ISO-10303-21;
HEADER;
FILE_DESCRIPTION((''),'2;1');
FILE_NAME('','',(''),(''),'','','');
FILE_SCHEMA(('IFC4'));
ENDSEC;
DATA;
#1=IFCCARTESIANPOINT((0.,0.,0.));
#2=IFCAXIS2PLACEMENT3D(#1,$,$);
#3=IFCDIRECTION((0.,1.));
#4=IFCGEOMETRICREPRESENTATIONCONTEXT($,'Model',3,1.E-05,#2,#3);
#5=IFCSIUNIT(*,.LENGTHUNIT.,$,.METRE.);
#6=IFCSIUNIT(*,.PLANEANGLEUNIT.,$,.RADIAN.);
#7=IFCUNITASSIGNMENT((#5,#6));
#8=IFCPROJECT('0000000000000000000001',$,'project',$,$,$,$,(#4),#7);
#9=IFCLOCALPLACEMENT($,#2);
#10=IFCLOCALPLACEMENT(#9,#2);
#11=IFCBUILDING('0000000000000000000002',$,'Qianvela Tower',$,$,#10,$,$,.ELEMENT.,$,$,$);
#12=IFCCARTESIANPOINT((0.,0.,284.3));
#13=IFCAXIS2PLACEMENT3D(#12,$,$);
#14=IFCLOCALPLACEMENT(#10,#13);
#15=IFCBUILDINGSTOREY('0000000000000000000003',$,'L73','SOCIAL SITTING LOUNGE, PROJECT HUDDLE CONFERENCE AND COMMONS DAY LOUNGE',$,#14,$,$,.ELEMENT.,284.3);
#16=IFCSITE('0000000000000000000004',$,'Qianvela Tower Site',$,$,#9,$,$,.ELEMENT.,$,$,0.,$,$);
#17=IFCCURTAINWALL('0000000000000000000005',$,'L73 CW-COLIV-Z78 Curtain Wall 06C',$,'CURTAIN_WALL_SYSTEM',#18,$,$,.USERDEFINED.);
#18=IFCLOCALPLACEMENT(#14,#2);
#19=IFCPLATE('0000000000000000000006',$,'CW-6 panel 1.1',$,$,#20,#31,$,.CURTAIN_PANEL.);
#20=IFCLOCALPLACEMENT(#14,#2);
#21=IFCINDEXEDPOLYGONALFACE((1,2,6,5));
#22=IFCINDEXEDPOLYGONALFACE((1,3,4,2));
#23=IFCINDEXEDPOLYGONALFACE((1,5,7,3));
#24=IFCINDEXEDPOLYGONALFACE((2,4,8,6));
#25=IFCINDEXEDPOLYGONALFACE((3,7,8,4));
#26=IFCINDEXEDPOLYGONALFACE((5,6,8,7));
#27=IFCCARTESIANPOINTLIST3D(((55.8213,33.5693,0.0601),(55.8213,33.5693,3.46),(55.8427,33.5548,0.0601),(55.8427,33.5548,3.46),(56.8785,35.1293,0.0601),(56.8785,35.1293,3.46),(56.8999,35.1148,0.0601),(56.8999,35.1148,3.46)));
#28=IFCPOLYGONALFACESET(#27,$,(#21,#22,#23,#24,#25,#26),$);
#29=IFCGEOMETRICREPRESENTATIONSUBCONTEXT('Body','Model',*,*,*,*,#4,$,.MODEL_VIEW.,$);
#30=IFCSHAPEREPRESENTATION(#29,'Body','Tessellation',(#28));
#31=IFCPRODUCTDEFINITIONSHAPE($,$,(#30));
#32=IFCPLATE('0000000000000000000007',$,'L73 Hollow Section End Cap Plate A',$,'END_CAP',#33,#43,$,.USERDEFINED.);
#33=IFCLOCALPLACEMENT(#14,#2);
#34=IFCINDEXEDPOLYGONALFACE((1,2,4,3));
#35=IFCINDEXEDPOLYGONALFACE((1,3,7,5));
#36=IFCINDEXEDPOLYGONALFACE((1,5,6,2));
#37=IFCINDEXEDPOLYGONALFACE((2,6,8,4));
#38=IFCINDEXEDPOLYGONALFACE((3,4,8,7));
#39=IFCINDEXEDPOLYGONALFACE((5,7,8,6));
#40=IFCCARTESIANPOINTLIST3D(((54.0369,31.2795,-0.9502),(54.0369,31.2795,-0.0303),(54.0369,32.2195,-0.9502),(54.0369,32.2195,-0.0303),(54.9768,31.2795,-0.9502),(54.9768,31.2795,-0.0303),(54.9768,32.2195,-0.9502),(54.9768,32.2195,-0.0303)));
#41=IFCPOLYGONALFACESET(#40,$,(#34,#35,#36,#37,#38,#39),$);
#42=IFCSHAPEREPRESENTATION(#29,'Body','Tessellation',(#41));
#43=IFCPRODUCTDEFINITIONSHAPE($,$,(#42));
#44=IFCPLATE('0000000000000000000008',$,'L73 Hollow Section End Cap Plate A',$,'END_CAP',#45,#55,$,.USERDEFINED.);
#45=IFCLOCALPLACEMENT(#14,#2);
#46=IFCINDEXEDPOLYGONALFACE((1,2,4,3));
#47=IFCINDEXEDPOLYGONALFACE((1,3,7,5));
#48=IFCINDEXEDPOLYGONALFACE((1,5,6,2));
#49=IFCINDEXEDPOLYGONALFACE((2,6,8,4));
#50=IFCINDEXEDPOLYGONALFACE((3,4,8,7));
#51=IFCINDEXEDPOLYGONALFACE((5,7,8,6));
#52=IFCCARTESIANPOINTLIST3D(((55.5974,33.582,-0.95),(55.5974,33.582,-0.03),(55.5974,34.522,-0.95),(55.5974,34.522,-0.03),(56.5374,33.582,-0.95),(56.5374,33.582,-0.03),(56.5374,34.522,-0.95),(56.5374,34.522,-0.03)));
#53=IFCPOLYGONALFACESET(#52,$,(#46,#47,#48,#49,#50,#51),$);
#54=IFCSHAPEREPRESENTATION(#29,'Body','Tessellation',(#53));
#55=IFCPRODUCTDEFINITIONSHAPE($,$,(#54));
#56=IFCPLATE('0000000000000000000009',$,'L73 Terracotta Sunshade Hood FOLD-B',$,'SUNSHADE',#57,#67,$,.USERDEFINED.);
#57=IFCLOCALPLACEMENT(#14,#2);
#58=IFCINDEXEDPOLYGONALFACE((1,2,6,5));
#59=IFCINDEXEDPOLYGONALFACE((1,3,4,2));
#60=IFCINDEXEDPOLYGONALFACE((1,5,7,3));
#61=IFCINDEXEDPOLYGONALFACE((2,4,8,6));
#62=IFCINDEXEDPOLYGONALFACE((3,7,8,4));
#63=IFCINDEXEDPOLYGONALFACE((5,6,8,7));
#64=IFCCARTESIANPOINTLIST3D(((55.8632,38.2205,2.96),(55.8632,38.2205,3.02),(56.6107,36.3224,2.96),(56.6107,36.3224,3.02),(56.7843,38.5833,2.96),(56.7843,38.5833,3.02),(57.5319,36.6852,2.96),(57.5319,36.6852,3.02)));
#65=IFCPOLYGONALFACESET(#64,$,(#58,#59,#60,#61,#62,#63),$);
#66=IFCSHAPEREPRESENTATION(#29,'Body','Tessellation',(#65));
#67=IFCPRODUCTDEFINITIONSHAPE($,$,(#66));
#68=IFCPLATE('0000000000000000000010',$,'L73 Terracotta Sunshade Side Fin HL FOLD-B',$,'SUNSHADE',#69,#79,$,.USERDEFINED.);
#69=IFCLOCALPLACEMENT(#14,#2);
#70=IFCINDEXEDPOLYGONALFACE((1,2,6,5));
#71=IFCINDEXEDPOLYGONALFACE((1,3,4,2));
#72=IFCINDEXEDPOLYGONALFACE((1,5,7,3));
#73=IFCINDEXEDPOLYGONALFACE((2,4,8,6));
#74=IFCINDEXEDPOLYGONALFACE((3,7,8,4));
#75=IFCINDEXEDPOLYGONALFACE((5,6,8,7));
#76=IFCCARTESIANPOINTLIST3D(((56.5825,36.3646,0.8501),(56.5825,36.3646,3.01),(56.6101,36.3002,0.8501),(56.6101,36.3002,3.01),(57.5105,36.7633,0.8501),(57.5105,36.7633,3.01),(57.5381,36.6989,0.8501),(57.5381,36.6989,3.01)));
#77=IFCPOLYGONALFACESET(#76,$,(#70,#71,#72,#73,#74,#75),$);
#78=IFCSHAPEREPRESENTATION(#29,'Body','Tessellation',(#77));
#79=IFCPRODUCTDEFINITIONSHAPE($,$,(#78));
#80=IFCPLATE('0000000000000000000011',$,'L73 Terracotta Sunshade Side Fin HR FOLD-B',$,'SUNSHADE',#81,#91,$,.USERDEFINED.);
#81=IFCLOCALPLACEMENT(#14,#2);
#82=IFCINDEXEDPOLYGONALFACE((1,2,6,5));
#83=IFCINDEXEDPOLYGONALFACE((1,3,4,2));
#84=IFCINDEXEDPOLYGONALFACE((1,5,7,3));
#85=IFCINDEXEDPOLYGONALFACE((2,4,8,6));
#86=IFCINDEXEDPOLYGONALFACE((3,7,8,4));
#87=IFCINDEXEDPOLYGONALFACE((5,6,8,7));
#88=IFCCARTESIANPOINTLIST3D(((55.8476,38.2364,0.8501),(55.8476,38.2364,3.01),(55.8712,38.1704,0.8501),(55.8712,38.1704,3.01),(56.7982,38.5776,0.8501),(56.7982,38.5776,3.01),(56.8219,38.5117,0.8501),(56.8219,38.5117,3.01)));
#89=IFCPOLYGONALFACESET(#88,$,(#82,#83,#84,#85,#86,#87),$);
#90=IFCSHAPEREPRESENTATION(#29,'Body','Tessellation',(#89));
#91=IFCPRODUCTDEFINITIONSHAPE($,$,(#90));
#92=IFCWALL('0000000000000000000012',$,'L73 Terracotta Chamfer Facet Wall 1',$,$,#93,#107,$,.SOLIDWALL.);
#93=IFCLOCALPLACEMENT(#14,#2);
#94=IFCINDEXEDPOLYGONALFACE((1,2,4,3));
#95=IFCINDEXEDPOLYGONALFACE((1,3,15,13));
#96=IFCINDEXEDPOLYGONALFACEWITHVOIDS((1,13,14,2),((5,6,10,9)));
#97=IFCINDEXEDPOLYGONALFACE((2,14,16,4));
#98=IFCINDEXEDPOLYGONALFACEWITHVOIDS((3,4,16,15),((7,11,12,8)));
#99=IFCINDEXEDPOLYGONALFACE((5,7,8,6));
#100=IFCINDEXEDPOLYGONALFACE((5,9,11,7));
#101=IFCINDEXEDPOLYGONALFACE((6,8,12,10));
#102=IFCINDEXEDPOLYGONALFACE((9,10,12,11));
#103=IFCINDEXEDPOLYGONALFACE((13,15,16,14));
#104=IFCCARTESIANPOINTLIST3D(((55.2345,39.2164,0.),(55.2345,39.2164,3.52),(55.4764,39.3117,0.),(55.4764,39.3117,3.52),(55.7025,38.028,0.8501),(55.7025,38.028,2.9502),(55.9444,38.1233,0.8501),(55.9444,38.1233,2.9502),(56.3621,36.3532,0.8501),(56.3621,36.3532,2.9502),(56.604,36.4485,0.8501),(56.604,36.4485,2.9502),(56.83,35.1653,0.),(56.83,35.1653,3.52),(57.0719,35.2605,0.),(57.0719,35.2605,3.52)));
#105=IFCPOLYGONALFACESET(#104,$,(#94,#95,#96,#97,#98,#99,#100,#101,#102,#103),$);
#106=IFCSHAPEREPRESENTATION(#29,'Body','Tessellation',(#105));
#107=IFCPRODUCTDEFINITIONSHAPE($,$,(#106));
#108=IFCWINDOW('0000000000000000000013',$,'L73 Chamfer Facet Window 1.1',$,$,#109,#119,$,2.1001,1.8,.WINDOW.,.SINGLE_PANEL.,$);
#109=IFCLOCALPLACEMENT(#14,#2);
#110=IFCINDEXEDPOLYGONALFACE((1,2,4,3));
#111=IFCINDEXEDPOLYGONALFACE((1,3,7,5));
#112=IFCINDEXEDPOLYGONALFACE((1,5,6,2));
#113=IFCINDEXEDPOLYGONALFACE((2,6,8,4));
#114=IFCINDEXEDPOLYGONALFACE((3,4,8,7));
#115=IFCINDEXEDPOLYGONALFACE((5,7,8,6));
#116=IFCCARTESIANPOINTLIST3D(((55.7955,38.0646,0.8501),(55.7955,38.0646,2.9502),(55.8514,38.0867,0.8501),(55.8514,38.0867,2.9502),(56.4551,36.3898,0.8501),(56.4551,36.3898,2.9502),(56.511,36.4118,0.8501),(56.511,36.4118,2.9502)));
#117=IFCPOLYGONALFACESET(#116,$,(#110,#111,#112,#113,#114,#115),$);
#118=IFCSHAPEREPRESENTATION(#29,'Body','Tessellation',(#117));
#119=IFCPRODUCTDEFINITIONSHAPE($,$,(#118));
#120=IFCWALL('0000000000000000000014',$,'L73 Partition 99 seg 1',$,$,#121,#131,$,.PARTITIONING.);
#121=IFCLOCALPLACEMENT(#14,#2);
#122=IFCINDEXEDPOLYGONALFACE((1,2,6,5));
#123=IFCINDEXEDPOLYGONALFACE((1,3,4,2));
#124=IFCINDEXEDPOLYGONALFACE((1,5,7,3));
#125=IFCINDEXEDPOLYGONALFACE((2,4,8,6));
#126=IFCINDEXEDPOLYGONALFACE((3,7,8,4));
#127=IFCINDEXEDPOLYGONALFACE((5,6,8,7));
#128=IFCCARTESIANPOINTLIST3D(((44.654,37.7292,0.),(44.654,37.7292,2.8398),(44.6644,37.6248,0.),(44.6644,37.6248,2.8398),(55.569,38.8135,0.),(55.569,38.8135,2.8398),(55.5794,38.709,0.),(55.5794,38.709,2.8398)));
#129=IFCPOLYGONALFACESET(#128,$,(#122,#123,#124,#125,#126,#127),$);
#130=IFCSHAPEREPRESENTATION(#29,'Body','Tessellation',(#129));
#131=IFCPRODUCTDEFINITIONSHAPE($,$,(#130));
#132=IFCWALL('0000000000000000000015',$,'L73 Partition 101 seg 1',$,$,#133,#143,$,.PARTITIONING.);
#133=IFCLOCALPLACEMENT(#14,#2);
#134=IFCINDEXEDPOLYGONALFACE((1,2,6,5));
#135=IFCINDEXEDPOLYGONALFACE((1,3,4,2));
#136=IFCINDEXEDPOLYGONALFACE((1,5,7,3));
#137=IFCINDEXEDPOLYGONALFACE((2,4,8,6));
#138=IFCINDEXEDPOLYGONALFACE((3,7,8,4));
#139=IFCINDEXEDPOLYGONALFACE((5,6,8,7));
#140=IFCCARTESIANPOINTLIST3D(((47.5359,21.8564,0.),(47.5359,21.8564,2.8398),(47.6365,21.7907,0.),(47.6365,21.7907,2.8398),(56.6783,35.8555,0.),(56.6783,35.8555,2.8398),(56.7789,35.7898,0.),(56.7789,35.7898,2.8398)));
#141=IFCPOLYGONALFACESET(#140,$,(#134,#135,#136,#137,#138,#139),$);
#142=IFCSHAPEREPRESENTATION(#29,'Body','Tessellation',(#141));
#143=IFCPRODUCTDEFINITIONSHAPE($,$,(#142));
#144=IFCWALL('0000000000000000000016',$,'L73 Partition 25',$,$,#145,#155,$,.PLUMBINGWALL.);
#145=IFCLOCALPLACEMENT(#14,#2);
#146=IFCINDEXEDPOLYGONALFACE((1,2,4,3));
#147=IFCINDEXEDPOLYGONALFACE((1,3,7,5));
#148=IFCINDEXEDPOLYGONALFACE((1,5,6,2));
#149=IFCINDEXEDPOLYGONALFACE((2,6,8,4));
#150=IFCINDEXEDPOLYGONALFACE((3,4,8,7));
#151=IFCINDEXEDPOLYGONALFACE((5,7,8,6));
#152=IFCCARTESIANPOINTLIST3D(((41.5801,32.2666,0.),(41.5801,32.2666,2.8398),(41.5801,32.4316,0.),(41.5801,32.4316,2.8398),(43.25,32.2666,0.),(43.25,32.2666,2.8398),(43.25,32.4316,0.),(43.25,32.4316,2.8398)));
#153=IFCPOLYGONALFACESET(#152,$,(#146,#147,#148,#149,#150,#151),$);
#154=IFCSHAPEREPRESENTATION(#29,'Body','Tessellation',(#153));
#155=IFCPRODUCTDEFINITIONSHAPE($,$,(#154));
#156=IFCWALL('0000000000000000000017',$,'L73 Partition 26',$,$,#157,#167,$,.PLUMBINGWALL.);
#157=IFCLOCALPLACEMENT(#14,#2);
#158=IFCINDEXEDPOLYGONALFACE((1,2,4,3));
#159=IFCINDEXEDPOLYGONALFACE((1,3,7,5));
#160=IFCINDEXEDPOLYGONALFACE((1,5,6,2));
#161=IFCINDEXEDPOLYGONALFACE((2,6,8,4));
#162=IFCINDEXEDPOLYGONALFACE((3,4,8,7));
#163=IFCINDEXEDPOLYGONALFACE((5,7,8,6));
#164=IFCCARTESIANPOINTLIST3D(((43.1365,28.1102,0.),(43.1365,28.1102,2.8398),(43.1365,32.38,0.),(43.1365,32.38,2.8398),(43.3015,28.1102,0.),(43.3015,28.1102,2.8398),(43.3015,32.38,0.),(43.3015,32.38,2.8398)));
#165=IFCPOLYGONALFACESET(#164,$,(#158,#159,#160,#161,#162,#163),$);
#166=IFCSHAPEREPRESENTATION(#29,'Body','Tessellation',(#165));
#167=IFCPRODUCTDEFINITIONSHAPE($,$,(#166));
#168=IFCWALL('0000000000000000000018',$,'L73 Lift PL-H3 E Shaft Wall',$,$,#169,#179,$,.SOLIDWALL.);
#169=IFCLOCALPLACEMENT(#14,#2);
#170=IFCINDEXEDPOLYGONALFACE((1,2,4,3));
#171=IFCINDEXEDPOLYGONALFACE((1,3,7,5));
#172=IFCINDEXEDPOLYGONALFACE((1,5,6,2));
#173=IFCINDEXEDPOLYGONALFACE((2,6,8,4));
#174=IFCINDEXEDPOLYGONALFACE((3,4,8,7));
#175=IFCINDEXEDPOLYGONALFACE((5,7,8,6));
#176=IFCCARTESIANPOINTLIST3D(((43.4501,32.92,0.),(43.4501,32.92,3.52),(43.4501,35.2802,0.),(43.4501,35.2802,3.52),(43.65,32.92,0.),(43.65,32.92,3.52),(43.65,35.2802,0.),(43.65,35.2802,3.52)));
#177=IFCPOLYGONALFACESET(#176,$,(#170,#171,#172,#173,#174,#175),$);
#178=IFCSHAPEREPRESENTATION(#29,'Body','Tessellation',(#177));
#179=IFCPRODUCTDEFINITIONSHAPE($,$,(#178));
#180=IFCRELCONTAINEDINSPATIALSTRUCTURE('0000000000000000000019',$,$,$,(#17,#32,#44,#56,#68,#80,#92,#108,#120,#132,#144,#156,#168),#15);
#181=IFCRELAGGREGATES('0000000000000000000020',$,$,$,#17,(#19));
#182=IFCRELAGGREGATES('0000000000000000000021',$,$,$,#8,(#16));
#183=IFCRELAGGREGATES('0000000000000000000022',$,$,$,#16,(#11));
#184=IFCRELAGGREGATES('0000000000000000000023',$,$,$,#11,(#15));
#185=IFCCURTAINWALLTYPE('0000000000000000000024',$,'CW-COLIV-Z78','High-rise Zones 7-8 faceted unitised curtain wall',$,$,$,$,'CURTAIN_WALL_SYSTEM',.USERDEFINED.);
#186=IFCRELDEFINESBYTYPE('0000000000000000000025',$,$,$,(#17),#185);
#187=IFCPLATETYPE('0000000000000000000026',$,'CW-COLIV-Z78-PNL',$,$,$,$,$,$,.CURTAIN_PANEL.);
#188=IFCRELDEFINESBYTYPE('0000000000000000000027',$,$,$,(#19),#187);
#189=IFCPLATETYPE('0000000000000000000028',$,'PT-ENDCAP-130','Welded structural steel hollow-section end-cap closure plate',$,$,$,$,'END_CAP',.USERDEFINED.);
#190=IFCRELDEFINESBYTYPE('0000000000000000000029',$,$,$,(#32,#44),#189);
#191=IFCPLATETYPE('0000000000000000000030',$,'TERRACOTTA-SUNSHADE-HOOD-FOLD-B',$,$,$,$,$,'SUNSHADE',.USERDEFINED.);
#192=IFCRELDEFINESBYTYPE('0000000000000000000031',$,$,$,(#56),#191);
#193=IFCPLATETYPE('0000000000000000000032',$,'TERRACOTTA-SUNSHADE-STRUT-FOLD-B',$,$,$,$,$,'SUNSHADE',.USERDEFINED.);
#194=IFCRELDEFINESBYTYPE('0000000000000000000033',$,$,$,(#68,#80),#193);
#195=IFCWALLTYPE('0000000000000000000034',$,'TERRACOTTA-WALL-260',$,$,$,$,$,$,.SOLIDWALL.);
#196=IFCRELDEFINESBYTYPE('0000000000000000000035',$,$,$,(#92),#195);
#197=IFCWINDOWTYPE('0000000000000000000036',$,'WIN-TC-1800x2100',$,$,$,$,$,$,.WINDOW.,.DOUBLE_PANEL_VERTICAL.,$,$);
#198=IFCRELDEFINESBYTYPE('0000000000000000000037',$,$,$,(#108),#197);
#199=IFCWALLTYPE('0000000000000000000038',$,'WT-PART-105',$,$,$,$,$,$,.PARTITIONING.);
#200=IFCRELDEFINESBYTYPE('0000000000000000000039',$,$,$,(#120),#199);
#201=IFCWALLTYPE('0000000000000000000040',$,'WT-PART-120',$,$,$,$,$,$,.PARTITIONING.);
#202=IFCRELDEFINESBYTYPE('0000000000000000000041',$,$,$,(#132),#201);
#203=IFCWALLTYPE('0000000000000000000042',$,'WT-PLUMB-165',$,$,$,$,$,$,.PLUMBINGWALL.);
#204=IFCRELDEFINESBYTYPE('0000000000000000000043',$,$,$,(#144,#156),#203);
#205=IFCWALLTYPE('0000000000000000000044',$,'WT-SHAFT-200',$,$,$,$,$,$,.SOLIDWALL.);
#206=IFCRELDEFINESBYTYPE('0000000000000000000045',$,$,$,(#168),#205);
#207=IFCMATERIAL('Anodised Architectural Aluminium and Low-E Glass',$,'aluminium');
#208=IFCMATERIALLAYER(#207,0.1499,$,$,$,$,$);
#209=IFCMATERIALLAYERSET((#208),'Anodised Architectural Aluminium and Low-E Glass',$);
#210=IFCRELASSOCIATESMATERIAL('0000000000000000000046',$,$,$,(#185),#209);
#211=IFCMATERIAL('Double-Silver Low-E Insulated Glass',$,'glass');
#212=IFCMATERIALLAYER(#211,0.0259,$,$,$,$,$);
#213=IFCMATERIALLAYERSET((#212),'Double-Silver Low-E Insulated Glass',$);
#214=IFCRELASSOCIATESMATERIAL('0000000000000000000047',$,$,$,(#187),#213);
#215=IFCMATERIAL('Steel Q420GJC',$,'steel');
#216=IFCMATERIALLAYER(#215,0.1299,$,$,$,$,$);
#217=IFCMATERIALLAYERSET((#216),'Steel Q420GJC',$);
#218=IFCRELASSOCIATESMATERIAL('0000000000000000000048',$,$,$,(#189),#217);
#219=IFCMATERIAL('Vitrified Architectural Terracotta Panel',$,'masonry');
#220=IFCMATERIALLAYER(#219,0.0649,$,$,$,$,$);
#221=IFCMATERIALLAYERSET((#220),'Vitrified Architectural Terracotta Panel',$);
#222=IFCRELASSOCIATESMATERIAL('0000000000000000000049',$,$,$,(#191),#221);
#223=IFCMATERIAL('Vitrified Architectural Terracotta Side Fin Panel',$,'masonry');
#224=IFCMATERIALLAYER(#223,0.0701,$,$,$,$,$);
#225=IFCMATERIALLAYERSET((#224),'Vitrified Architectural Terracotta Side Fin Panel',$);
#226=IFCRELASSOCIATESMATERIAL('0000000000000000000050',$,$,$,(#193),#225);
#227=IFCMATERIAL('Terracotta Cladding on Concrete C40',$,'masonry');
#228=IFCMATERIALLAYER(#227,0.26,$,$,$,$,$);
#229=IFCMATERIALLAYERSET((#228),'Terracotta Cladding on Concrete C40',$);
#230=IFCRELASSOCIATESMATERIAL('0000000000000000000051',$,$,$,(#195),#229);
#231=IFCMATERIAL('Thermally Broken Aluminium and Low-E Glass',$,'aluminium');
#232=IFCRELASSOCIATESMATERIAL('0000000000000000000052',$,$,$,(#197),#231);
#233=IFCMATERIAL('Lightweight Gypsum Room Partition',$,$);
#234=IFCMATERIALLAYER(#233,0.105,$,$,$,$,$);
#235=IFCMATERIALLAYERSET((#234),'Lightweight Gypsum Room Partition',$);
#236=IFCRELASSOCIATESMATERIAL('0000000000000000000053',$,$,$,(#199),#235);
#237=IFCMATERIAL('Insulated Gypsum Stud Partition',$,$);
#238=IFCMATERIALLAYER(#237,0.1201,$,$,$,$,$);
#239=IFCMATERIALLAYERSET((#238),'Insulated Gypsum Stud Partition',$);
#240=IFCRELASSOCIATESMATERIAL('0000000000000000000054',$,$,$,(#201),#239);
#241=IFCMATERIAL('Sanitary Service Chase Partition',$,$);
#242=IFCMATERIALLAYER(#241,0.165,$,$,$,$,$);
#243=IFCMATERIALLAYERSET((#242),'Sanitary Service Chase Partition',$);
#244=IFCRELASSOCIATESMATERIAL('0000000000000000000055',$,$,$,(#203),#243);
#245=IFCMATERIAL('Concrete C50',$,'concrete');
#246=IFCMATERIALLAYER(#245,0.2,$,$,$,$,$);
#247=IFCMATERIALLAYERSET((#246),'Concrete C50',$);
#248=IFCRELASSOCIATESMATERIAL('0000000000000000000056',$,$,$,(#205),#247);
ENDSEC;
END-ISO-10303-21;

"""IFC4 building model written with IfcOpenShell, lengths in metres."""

from ifc_helpers import new_model, si_unit, direction, frame, frame_2d, origin, origin_2d, place, context, subcontext, project, spatial, rectangle, extrude, material, layer, layer_set, type_object, element, fill, aggregate, save


model = new_model("IFC4")

# Units and contexts
model_context = context("Model", 3, precision=1e-05, world=origin(), true_north=direction((0.0, 1.0)))
body_context = subcontext(model_context, "Body", "Model", "MODEL_VIEW")
ifc_project = project(units=[si_unit("LENGTHUNIT", "METRE"), si_unit("PLANEANGLEUNIT", "RADIAN")], contexts=[model_context])

# Site, building, storey
site_placement = place(None, origin())
site = spatial("IfcSite", under=ifc_project, at=site_placement, Name="Qianvela Tower Site", CompositionType="ELEMENT", RefElevation=0.0)
building_placement = place(site_placement, origin())
building = spatial("IfcBuilding", under=site, at=building_placement, Name="Qianvela Tower", CompositionType="ELEMENT")
storey_placement = place(building_placement, frame((0.0, 0.0, 284.3)))
storey = spatial("IfcBuildingStorey", under=building, at=storey_placement, Name="L73", Description="SOCIAL SITTING LOUNGE, PROJECT HUDDLE CONFERENCE AND COMMONS DAY LOUNGE", CompositionType="ELEMENT", Elevation=284.3)

# Curtain wall
ifc_material_1 = material(Name="Anodised Architectural Aluminium and Low-E Glass", Category="aluminium")
ifc_layer_1 = layer(ifc_material_1, 0.1499)
ifc_layer_set_1 = layer_set([ifc_layer_1], Name="Anodised Architectural Aluminium and Low-E Glass")
curtain_wall_type_1 = type_object("IfcCurtainWallType", Name="CW-COLIV-Z78", Description="High-rise Zones 7-8 faceted unitised curtain wall", ElementType="CURTAIN_WALL_SYSTEM", PredefinedType="USERDEFINED", material=ifc_layer_set_1)
curtain_wall_1_placement = place(storey_placement, origin())
curtain_wall_1 = element("IfcCurtainWall", 1, at=curtain_wall_1_placement, inside=storey, type_object=curtain_wall_type_1, Name="L73 CW-COLIV-Z78 Curtain Wall 06C", ObjectType="CURTAIN_WALL_SYSTEM", PredefinedType="USERDEFINED")

# Plate
ifc_material_2 = material(Name="Double-Silver Low-E Insulated Glass", Category="glass")
ifc_layer_2 = layer(ifc_material_2, 0.0259)
ifc_layer_set_2 = layer_set([ifc_layer_2], Name="Double-Silver Low-E Insulated Glass")
plate_type_1 = type_object("IfcPlateType", Name="CW-COLIV-Z78-PNL", PredefinedType="CURTAIN_PANEL", material=ifc_layer_set_2)
plate_1_placement = place(storey_placement, frame((56.3606, 34.342, 0.0601), z_axis=(0.0, 0.0, 1.0), x_axis=(0.561005, 0.827813, 0.0)))
plate_1 = element("IfcPlate", 2, at=plate_1_placement, type_object=plate_type_1, Name="CW-6 panel 1.1", PredefinedType="CURTAIN_PANEL", context=body_context, shape_type="SweptSolid", body=[
    extrude(rectangle(XDim=1.8845, YDim=0.0259, at=origin_2d()), origin(), (0.0, 0.0, 1.0), 3.3999),
])
aggregate(curtain_wall_1, [plate_1])

# Plates
ifc_material_3 = material(Name="Steel Q420GJC", Category="steel")
ifc_layer_3 = layer(ifc_material_3, 0.1299)
ifc_layer_set_3 = layer_set([ifc_layer_3], Name="Steel Q420GJC")
plate_type_2 = type_object("IfcPlateType", Name="PT-ENDCAP-130", Description="Welded structural steel hollow-section end-cap closure plate", ElementType="END_CAP", PredefinedType="USERDEFINED", material=ifc_layer_set_3)
for number, where, z_axis, x_axis, name in (
    (3, (54.5068, 31.7495, -0.9502), (0.0, 0.0, 1.0), (1.0, 0.0, 0.0), "L73 Hollow Section End Cap Plate A"),
    (4, (56.0674, 34.052, -0.95), (0.0, 0.0, 1.0), (1.0, 0.0, 0.0), "L73 Hollow Section End Cap Plate A"),
):
    element("IfcPlate", number, at=place(storey_placement, frame(where, z_axis=z_axis, x_axis=x_axis)), inside=storey, type_object=plate_type_2, Name=name, ObjectType="END_CAP", PredefinedType="USERDEFINED", context=body_context, shape_type="SweptSolid", body=[
        extrude(rectangle(XDim=0.9399, YDim=0.9399, at=origin_2d()), origin(), (0.0, 0.0, 1.0), 0.9199),
    ])
ifc_material_4 = material(Name="Vitrified Architectural Terracotta Panel", Category="masonry")
ifc_layer_4 = layer(ifc_material_4, 0.0649)
ifc_layer_set_4 = layer_set([ifc_layer_4], Name="Vitrified Architectural Terracotta Panel")
plate_type_3 = type_object("IfcPlateType", Name="TERRACOTTA-SUNSHADE-HOOD-FOLD-B", ElementType="SUNSHADE", PredefinedType="USERDEFINED", material=ifc_layer_set_4)
plate_2_placement = place(storey_placement, frame((56.6975, 37.4529, 2.96), z_axis=(0.0, 0.0, 1.0), x_axis=(-0.366462, 0.930433, 0.0)))
element("IfcPlate", 5, at=plate_2_placement, inside=storey, type_object=plate_type_3, Name="L73 Terracotta Sunshade Hood FOLD-B", ObjectType="SUNSHADE", PredefinedType="USERDEFINED", context=body_context, shape_type="SweptSolid", body=[
    extrude(rectangle(XDim=2.04, YDim=0.99, at=origin_2d()), origin(), (0.0, 0.0, 1.0), 0.0601),
])
ifc_material_5 = material(Name="Vitrified Architectural Terracotta Side Fin Panel", Category="masonry")
ifc_layer_5 = layer(ifc_material_5, 0.0701)
ifc_layer_set_5 = layer_set([ifc_layer_5], Name="Vitrified Architectural Terracotta Side Fin Panel")
plate_type_4 = type_object("IfcPlateType", Name="TERRACOTTA-SUNSHADE-STRUT-FOLD-B", ElementType="SUNSHADE", PredefinedType="USERDEFINED", material=ifc_layer_set_5)
for number, where, z_axis, x_axis, name in (
    (6, (57.0603, 36.5317, 0.8501), (0.0, 0.0, 1.0), (-0.394705, 0.918808, 0.0), "L73 Terracotta Sunshade Side Fin HL FOLD-B"),
    (7, (56.3347, 38.374, 0.8501), (0.0, 0.0, 1.0), (-0.337877, 0.94119, 0.0), "L73 Terracotta Sunshade Side Fin HR FOLD-B"),
):
    element("IfcPlate", number, at=place(storey_placement, frame(where, z_axis=z_axis, x_axis=x_axis)), inside=storey, type_object=plate_type_4, Name=name, ObjectType="SUNSHADE", PredefinedType="USERDEFINED", context=body_context, shape_type="SweptSolid", body=[
        extrude(rectangle(XDim=0.0701, YDim=1.01, at=origin_2d()), origin(), (0.0, 0.0, 1.0), 2.1599),
    ])

# Wall, opening, window
ifc_material_6 = material(Name="Terracotta Cladding on Concrete C40", Category="masonry")
ifc_layer_6 = layer(ifc_material_6, 0.26)
ifc_layer_set_6 = layer_set([ifc_layer_6], Name="Terracotta Cladding on Concrete C40")
wall_type_1 = type_object("IfcWallType", Name="TERRACOTTA-WALL-260", PredefinedType="SOLIDWALL", material=ifc_layer_set_6)
wall_1_placement = place(storey_placement, frame((56.9509, 35.2129, 0.0), z_axis=(0.0, 0.0, 1.0), x_axis=(-0.366445, 0.93044, 0.0)))
wall_1 = element("IfcWall", 8, at=wall_1_placement, inside=storey, type_object=wall_type_1, Name="L73 Terracotta Chamfer Facet Wall 1", PredefinedType="SOLIDWALL", context=body_context, shape_type="SweptSolid", body=[
    extrude(rectangle(XDim=4.354, YDim=0.26, at=frame_2d((2.177, 0.0))), origin(), (0.0, 0.0, 1.0), 3.52),
])
opening_1_placement = place(wall_1_placement, frame((1.2769, 0.0, 0.8501)))
opening_1 = element("IfcOpeningElement", 9, at=opening_1_placement, cuts=wall_1, PredefinedType="OPENING", context=body_context, shape_type="SweptSolid", body=[
    extrude(rectangle(XDim=1.8, YDim=2.1001, at=frame_2d((0.8999, 1.05))), frame((0.0, 0.1399, 0.0), z_axis=(0.0, -1.0, 0.0), x_axis=(1.0, 0.0, 0.0)), (0.0, 0.0, 1.0), 0.28),
])
ifc_material_7 = material(Name="Thermally Broken Aluminium and Low-E Glass", Category="aluminium")
window_type = type_object("IfcWindowType", Name="WIN-TC-1800x2100", PartitioningType="DOUBLE_PANEL_VERTICAL", PredefinedType="WINDOW", material=ifc_material_7)
window_placement = place(opening_1_placement, origin())
window = element("IfcWindow", 10, at=window_placement, inside=storey, type_object=window_type, Name="L73 Chamfer Facet Window 1.1", OverallHeight=2.1001, OverallWidth=1.8, PartitioningType="SINGLE_PANEL", PredefinedType="WINDOW", context=body_context, shape_type="SweptSolid", body=[
    extrude(rectangle(XDim=1.8, YDim=2.1001, at=frame_2d((0.8999, 1.05))), frame((0.0, 0.03, 0.0), z_axis=(0.0, -1.0, 0.0), x_axis=(1.0, 0.0, 0.0)), (0.0, 0.0, 1.0), 0.0601),
])
fill(opening_1, window)

# Walls
ifc_material_8 = material(Name="Lightweight Gypsum Room Partition")
ifc_layer_7 = layer(ifc_material_8, 0.105)
ifc_layer_set_7 = layer_set([ifc_layer_7], Name="Lightweight Gypsum Room Partition")
wall_type_2 = type_object("IfcWallType", Name="WT-PART-105", PredefinedType="PARTITIONING", material=ifc_layer_set_7)
wall_2_placement = place(storey_placement, frame((44.6592, 37.677, 0.0), z_axis=(0.0, 0.0, 1.0), x_axis=(0.995103, 0.098847, 0.0)))
element("IfcWall", 11, at=wall_2_placement, inside=storey, type_object=wall_type_2, Name="L73 Partition 99 seg 1", PredefinedType="PARTITIONING", context=body_context, shape_type="SweptSolid", body=[
    extrude(rectangle(XDim=10.9688, YDim=0.105, at=frame_2d((5.4844, 0.0))), origin(), (0.0, 0.0, 1.0), 2.8398),
])
ifc_material_9 = material(Name="Insulated Gypsum Stud Partition")
ifc_layer_8 = layer(ifc_material_9, 0.1201)
ifc_layer_set_8 = layer_set([ifc_layer_8], Name="Insulated Gypsum Stud Partition")
wall_type_3 = type_object("IfcWallType", Name="WT-PART-120", PredefinedType="PARTITIONING", material=ifc_layer_set_8)
wall_3_placement = place(storey_placement, frame((56.7285, 35.8225, 0.0), z_axis=(0.0, 0.0, 1.0), x_axis=(-0.546794, -0.837267, 0.0)))
element("IfcWall", 12, at=wall_3_placement, inside=storey, type_object=wall_type_3, Name="L73 Partition 101 seg 1", PredefinedType="PARTITIONING", context=body_context, shape_type="SweptSolid", body=[
    extrude(rectangle(XDim=16.72, YDim=0.1201, at=frame_2d((8.3599, 0.0))), origin(), (0.0, 0.0, 1.0), 2.8398),
])
ifc_material_10 = material(Name="Sanitary Service Chase Partition")
ifc_layer_9 = layer(ifc_material_10, 0.165)
ifc_layer_set_9 = layer_set([ifc_layer_9], Name="Sanitary Service Chase Partition")
wall_type_4 = type_object("IfcWallType", Name="WT-PLUMB-165", PredefinedType="PLUMBINGWALL", material=ifc_layer_set_9)
wall_4_placement = place(storey_placement, frame((41.5801, 32.3491, 0.0), z_axis=(0.0, 0.0, 1.0), x_axis=(1.0, 0.0, 0.0)))
element("IfcWall", 13, at=wall_4_placement, inside=storey, type_object=wall_type_4, Name="L73 Partition 25", PredefinedType="PLUMBINGWALL", context=body_context, shape_type="SweptSolid", body=[
    extrude(rectangle(XDim=1.6699, YDim=0.165, at=frame_2d((0.835, 0.0))), origin(), (0.0, 0.0, 1.0), 2.8398),
])
wall_5_placement = place(storey_placement, frame((43.219, 32.3799, 0.0), z_axis=(0.0, 0.0, 1.0), x_axis=(0.0, -1.0, 0.0)))
element("IfcWall", 14, at=wall_5_placement, inside=storey, type_object=wall_type_4, Name="L73 Partition 26", PredefinedType="PLUMBINGWALL", context=body_context, shape_type="SweptSolid", body=[
    extrude(rectangle(XDim=4.2698, YDim=0.165, at=frame_2d((2.1348, 0.0))), origin(), (0.0, 0.0, 1.0), 2.8398),
])
ifc_material_11 = material(Name="Concrete C50", Category="concrete")
ifc_layer_10 = layer(ifc_material_11, 0.2)
ifc_layer_set_10 = layer_set([ifc_layer_10], Name="Concrete C50")
wall_type_5 = type_object("IfcWallType", Name="WT-SHAFT-200", PredefinedType="SOLIDWALL", material=ifc_layer_set_10)
wall_6_placement = place(storey_placement, frame((43.55, 32.9199, 0.0), z_axis=(0.0, 0.0, 1.0), x_axis=(0.0, 1.0, 0.0)))
element("IfcWall", 15, at=wall_6_placement, inside=storey, type_object=wall_type_5, Name="L73 Lift PL-H3 E Shaft Wall", PredefinedType="SOLIDWALL", context=body_context, shape_type="SweptSolid", body=[
    extrude(rectangle(XDim=2.3601, YDim=0.2, at=frame_2d((1.1802, 0.0))), origin(), (0.0, 0.0, 1.0), 3.52),
])

save(model, "model.ifc")
